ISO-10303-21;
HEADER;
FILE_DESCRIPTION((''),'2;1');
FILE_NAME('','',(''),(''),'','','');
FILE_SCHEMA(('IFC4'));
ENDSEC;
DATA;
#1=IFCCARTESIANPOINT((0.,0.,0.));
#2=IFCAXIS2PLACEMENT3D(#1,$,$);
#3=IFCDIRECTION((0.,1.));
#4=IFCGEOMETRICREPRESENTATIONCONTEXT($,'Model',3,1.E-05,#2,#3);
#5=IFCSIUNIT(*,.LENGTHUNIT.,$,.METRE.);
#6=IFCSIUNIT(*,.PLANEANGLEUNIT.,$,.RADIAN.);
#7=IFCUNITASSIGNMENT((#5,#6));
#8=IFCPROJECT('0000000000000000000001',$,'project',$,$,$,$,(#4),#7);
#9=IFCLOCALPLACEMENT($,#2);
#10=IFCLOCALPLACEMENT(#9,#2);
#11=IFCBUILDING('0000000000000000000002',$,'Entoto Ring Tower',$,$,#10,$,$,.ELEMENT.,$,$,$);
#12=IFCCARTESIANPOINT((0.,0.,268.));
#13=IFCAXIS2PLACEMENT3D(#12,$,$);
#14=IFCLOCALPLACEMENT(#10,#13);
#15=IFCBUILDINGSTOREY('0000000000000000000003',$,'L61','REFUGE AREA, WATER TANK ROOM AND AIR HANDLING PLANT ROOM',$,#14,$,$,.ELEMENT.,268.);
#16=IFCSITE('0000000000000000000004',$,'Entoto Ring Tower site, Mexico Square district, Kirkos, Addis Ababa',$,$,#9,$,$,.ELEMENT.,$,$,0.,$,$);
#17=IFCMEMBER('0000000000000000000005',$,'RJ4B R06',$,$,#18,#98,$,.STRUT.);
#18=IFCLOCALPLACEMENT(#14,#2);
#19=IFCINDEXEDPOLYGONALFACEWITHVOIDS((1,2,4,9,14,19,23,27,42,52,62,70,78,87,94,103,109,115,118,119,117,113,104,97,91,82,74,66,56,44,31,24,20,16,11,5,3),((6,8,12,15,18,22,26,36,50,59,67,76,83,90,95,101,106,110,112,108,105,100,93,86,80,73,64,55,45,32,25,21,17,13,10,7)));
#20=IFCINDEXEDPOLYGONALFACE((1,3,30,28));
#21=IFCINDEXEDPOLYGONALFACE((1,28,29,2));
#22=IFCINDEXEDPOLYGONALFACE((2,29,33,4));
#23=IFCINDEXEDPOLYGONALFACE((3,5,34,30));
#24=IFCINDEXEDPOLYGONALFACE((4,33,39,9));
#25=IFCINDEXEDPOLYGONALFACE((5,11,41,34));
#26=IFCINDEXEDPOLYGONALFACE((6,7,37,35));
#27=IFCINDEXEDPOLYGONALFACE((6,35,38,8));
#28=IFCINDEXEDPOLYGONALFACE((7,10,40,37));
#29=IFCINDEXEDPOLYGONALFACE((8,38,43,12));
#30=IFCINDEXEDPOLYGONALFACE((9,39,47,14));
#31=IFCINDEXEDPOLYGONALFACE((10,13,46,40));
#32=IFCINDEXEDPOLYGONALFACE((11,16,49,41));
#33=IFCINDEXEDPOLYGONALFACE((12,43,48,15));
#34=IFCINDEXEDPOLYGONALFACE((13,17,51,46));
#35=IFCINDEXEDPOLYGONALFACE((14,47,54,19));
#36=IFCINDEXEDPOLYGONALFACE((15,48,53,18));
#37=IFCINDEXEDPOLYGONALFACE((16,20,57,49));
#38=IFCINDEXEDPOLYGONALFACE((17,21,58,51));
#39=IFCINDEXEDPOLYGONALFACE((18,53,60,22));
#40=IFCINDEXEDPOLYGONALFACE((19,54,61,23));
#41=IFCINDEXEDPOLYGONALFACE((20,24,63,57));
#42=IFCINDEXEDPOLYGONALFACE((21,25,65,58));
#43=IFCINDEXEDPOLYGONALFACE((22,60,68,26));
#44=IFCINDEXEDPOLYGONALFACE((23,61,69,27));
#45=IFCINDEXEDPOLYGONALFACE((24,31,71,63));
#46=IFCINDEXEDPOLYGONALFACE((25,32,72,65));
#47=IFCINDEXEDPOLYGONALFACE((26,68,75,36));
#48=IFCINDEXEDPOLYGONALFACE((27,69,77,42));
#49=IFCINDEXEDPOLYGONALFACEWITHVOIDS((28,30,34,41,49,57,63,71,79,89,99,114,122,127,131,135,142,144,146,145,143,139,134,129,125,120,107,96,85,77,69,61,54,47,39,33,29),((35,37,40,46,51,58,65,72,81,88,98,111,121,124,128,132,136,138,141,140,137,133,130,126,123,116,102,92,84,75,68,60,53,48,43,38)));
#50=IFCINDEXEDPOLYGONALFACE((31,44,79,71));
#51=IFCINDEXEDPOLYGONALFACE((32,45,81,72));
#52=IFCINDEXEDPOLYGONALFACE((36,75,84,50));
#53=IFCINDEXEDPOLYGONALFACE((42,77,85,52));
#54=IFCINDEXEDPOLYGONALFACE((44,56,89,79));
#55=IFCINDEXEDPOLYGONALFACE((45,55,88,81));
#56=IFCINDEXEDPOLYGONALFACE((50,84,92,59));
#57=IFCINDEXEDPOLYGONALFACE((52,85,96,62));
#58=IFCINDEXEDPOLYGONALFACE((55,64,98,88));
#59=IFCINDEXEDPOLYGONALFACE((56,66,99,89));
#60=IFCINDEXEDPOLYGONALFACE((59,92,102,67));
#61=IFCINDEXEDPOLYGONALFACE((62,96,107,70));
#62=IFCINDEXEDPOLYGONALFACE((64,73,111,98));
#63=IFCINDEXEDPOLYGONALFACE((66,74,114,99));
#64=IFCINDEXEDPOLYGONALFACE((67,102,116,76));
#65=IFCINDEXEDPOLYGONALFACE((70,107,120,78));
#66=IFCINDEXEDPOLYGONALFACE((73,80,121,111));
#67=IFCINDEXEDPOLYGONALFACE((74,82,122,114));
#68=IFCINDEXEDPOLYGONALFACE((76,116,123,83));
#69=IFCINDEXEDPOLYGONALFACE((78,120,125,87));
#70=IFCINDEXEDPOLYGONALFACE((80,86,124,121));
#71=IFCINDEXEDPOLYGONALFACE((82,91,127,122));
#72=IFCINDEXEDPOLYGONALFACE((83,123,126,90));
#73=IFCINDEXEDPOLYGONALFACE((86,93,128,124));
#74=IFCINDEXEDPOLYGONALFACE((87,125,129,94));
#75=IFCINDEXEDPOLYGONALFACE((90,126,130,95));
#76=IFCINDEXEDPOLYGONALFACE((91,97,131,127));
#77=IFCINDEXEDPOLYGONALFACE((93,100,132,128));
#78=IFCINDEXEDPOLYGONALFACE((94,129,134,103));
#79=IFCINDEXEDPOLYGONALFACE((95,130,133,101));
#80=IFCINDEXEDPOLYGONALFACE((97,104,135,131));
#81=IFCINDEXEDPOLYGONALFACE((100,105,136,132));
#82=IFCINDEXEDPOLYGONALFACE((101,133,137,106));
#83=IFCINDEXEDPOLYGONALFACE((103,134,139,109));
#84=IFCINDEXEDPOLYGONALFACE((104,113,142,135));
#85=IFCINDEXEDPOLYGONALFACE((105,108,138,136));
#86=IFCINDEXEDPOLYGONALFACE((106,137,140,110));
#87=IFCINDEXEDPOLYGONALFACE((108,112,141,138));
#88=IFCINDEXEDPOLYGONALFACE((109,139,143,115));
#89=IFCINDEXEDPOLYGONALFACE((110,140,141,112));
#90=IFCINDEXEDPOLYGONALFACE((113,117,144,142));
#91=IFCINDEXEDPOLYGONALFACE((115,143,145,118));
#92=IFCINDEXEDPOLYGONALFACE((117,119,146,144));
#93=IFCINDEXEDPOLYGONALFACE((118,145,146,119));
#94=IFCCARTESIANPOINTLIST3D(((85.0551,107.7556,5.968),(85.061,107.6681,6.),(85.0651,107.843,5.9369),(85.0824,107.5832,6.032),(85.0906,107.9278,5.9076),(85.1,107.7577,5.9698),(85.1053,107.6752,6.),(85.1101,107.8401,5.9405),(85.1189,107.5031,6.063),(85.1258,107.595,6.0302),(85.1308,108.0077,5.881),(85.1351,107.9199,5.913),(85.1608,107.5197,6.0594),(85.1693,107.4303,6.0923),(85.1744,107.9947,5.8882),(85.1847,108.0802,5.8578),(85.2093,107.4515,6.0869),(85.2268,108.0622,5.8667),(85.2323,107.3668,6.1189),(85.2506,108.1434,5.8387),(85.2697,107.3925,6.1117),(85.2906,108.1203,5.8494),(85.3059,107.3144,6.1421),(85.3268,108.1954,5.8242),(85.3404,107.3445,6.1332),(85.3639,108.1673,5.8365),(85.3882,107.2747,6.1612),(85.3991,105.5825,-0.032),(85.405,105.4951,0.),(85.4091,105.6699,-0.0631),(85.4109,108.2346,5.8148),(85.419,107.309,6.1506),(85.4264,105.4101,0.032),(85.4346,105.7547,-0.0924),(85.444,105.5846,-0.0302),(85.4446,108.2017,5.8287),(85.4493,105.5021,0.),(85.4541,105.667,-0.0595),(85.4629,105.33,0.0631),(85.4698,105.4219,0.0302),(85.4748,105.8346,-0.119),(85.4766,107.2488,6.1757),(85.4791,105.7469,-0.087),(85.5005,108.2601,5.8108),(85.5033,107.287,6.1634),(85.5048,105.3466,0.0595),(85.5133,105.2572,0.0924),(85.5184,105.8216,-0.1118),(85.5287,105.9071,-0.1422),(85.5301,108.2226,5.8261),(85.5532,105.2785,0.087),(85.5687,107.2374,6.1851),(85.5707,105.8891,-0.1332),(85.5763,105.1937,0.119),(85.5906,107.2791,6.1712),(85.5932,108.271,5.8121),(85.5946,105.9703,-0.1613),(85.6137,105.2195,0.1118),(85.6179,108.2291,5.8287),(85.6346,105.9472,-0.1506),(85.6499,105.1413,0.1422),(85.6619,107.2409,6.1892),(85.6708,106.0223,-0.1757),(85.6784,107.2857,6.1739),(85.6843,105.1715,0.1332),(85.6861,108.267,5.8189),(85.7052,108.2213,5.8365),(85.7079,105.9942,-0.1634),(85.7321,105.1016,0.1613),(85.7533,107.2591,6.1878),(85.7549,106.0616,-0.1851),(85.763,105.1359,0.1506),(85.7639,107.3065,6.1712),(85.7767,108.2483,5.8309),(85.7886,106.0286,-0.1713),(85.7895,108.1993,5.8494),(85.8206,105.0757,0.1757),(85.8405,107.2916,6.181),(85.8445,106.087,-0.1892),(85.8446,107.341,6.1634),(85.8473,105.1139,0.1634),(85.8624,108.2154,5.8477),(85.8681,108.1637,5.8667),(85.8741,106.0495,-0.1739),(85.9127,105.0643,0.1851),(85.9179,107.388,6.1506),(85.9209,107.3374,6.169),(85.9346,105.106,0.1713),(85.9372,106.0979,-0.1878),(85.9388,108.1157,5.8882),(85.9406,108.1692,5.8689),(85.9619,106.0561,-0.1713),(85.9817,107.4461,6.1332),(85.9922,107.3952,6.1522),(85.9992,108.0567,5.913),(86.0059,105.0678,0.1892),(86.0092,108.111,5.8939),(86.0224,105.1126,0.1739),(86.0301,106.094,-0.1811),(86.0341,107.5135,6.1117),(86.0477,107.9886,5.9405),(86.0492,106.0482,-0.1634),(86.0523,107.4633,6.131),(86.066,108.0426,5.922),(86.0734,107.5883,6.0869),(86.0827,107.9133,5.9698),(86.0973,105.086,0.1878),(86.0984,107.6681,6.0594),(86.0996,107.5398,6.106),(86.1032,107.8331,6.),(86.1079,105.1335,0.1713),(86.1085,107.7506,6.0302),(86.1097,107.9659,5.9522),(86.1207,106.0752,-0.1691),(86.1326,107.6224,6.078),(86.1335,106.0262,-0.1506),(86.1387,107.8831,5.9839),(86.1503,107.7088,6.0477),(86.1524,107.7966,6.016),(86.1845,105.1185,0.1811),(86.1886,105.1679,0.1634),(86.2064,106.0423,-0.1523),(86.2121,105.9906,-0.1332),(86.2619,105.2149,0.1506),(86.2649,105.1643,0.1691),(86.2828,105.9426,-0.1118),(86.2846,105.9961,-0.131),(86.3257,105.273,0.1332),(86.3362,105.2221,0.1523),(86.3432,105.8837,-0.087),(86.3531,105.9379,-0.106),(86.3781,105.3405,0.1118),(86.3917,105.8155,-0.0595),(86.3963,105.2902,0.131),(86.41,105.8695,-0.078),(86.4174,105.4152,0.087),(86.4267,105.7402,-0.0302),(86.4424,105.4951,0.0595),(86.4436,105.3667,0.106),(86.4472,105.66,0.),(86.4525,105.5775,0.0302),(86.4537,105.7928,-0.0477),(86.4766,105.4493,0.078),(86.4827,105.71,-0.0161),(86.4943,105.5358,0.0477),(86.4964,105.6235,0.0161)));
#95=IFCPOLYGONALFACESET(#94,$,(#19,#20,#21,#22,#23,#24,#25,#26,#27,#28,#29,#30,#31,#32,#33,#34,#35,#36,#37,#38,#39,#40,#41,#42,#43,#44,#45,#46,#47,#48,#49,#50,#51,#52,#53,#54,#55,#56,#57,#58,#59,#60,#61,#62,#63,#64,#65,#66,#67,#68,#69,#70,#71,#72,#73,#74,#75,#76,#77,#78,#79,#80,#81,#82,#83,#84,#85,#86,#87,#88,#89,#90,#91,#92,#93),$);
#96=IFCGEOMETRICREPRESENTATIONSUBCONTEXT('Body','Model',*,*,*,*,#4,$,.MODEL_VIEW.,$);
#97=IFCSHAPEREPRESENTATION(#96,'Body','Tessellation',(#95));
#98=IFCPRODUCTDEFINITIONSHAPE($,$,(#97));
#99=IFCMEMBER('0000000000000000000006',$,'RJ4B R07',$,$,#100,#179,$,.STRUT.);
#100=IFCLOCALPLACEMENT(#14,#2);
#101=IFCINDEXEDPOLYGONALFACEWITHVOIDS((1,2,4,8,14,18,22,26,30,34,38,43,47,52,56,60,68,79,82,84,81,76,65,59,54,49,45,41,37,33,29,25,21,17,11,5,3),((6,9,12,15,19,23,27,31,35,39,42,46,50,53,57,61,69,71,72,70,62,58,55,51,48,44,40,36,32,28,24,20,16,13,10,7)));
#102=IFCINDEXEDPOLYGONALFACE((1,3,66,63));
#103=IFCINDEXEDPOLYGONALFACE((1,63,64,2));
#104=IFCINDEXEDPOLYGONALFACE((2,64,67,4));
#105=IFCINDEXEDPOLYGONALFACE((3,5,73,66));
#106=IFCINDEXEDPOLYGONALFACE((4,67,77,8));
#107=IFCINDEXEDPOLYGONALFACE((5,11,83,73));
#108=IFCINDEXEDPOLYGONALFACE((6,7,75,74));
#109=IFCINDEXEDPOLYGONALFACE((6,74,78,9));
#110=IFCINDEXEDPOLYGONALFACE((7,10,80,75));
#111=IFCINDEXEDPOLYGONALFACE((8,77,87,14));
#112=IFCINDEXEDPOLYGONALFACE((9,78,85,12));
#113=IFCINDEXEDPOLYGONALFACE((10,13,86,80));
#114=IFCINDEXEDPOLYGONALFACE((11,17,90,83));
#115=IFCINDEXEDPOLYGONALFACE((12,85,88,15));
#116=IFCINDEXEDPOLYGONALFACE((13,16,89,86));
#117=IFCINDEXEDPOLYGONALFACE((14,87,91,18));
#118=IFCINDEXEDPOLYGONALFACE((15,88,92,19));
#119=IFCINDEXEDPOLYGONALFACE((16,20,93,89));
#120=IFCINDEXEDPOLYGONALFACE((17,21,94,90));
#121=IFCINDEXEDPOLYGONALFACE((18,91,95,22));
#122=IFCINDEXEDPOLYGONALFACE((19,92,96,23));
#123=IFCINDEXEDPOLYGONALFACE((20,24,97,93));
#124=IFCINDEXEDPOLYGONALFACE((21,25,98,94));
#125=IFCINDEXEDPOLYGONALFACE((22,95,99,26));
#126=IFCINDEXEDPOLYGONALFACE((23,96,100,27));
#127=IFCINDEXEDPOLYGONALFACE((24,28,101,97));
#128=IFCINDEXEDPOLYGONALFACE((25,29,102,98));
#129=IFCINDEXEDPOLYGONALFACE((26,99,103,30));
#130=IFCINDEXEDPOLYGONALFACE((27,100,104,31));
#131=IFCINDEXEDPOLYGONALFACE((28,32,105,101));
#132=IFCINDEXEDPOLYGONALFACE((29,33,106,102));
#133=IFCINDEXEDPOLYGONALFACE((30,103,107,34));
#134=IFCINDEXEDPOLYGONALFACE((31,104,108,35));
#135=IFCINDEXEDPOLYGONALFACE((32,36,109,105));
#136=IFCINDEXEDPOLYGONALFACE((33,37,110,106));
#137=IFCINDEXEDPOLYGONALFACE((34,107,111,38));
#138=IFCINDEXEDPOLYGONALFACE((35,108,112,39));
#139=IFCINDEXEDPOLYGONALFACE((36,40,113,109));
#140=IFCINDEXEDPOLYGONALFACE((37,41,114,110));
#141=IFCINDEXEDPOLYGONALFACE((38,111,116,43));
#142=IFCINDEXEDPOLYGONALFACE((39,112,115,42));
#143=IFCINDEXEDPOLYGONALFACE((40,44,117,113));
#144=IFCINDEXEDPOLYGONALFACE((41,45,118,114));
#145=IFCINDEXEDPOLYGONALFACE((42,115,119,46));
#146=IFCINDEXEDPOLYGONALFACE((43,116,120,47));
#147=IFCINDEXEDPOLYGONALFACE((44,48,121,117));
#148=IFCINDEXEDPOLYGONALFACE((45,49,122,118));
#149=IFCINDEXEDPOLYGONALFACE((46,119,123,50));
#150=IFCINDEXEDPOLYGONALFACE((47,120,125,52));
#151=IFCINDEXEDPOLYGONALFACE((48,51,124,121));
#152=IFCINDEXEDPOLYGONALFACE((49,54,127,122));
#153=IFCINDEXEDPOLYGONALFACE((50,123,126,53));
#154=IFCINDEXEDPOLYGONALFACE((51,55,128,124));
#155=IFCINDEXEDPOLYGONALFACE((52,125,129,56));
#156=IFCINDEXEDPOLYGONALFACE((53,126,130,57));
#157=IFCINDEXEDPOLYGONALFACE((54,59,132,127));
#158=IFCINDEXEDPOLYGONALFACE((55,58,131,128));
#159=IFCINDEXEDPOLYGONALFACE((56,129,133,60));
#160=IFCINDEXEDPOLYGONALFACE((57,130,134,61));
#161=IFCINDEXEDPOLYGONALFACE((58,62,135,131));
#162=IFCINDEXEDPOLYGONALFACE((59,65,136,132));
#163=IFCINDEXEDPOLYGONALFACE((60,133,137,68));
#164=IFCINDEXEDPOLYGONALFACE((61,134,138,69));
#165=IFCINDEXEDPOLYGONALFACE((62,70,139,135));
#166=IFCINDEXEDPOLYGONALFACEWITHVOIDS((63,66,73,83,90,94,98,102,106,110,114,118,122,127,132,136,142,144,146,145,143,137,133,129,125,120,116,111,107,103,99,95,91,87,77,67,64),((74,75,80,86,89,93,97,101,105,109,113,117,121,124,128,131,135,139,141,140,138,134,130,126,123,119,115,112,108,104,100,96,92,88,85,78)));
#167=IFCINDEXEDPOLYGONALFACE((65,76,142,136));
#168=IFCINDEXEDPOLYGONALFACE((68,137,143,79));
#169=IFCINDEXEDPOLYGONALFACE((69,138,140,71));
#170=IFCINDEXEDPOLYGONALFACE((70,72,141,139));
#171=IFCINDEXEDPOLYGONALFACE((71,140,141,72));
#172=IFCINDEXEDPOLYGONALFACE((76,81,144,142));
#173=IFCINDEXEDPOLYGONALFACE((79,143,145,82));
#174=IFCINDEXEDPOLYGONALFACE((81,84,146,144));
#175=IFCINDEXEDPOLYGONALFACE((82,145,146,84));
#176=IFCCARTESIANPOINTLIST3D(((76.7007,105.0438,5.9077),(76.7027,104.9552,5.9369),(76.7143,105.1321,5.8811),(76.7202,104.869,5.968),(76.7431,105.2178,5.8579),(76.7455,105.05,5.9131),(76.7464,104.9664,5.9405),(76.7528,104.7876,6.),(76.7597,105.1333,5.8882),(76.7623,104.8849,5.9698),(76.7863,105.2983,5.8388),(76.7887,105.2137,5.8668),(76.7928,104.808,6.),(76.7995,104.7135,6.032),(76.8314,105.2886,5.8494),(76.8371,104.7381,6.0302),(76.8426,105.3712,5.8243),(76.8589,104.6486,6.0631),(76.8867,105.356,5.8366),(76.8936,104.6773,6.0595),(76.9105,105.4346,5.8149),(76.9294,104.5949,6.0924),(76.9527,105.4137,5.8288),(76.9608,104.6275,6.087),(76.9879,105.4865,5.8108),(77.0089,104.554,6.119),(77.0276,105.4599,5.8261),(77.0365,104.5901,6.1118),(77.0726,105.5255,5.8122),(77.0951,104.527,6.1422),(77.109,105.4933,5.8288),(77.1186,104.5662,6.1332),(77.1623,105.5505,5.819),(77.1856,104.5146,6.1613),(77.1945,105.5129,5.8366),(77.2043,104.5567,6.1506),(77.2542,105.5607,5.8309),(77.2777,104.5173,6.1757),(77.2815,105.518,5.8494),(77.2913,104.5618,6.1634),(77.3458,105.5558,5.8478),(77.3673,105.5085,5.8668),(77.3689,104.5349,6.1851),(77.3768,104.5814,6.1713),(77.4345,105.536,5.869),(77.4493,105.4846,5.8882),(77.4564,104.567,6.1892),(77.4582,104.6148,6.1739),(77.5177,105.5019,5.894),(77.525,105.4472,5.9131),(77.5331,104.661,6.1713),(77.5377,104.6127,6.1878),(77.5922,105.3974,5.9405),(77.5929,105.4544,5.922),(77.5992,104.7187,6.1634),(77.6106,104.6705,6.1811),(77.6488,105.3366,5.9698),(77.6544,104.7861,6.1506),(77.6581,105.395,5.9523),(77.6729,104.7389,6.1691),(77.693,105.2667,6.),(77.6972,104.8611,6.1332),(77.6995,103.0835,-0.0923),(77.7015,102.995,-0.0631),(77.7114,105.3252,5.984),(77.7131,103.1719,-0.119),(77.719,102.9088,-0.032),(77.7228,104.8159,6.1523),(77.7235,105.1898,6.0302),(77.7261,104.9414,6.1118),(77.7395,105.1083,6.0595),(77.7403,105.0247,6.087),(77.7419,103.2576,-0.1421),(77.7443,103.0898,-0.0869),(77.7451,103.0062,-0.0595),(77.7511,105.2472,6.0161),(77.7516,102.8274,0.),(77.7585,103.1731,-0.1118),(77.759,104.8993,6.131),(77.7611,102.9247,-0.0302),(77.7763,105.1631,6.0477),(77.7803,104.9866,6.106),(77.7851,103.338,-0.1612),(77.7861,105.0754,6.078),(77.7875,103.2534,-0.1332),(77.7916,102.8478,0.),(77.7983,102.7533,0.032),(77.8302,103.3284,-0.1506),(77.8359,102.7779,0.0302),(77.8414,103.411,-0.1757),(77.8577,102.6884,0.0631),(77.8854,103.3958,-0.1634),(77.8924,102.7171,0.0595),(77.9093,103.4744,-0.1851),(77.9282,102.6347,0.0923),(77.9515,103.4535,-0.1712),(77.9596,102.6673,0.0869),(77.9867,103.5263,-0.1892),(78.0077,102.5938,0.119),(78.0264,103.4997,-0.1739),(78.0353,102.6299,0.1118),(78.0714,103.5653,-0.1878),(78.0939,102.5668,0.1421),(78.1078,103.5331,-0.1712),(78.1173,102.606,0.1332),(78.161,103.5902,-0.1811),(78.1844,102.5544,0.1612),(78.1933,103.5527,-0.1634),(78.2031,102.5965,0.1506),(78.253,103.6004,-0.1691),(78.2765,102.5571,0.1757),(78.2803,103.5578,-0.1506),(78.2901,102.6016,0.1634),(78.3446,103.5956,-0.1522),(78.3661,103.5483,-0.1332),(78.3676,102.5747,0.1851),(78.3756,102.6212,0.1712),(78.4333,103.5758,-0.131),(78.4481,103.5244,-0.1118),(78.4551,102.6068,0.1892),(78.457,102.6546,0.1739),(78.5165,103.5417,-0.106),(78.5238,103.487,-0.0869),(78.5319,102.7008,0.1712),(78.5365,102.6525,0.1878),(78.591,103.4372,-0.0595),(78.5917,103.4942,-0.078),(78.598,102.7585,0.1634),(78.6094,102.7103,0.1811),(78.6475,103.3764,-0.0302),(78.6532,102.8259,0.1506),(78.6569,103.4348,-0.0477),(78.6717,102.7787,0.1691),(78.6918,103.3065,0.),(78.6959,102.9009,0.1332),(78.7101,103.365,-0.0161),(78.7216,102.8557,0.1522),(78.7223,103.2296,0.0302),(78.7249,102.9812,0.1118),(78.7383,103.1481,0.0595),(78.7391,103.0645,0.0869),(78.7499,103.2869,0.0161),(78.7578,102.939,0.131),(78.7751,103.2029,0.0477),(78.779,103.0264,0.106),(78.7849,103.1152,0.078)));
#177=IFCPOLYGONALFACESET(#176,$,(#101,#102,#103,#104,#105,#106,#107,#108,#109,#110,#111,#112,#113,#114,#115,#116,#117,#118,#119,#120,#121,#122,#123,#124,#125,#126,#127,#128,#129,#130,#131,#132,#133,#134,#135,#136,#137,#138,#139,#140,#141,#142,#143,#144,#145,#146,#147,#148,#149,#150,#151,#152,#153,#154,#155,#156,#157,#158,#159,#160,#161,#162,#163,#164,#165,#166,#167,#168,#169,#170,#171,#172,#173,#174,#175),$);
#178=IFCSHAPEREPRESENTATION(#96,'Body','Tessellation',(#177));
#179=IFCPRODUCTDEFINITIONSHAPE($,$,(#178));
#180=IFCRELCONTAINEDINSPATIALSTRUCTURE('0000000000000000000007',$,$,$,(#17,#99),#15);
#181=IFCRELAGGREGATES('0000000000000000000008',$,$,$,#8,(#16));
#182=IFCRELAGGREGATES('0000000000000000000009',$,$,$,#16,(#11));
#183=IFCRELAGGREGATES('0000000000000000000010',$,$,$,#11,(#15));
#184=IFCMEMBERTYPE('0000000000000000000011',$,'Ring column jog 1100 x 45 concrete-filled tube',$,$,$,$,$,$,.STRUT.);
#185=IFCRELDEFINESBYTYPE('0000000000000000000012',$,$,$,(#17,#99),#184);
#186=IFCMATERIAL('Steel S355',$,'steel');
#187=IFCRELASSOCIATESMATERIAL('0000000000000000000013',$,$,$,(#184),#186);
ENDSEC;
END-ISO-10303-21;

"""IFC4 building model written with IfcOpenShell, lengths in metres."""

from ifc_helpers import new_model, si_unit, direction, frame, origin, origin_2d, place, context, subcontext, project, spatial, circle, hollow_circle, extrude, material, material_profile, profile_set, type_object, element, save


model = new_model("IFC4")

# Units and contexts
model_context = context("Model", 3, precision=1e-05, world=origin(), true_north=direction((0.0, 1.0)))
body_context = subcontext(model_context, "Body", "Model", "MODEL_VIEW")
ifc_project = project(units=[si_unit("LENGTHUNIT", "METRE"), si_unit("PLANEANGLEUNIT", "RADIAN")], contexts=[model_context])

# Site, building, storey
site_placement = place(None, origin())
site = spatial("IfcSite", under=ifc_project, at=site_placement, Name="Entoto Ring Tower site, Mexico Square district, Kirkos, Addis Ababa", CompositionType="ELEMENT", RefElevation=0.0)
building_placement = place(site_placement, origin())
building = spatial("IfcBuilding", under=site, at=building_placement, Name="Entoto Ring Tower", CompositionType="ELEMENT")
storey_placement = place(building_placement, frame((0.0, 0.0, 268.0)))
storey = spatial("IfcBuildingStorey", under=building, at=storey_placement, Name="L61", Description="REFUGE AREA, WATER TANK ROOM AND AIR HANDLING PLANT ROOM", CompositionType="ELEMENT", Elevation=268.0)

# Members
ifc_material_1 = material(Name="Steel S355", Category="steel")
ifc_material_profile_1 = material_profile(ifc_material_1, hollow_circle(Radius=0.55, WallThickness=0.0449, at=origin_2d()), Name="CHS 1100 x 45")
ifc_material_2 = material(Name="Concrete C60/75", Category="concrete")
ifc_material_profile_2 = material_profile(ifc_material_2, circle(Radius=0.5049, at=origin_2d()), Name="Concrete C60/75 infill")
ifc_profile_set_1 = profile_set([ifc_material_profile_1, ifc_material_profile_2], Name="Steel S355")
member_type_1 = type_object("IfcMemberType", Name="Ring column jog 1100 x 45 concrete-filled tube", PredefinedType="STRUT", material=ifc_profile_set_1)
for number, where, z_axis, x_axis, name in (
    (1, (85.9482, 105.5811, 0.0), (-0.053828, 0.340042, 0.938869), (-0.987702, -0.15635, 0.0), "RJ4B R06"),
    (2, (78.2417, 103.0771, 0.0), (-0.156288, 0.306732, 0.938877), (-0.891006, -0.453992, 0.0), "RJ4B R07"),
):
    element("IfcMember", number, at=place(storey_placement, frame(where, z_axis=z_axis, x_axis=x_axis)), inside=storey, type_object=member_type_1, Name=name, PredefinedType="STRUT", context=body_context, shape_type="SweptSolid", body=[
        extrude(hollow_circle(Radius=0.55, WallThickness=0.0449, at=origin_2d()), origin(), (0.0, 0.0, 1.0), 6.3906),
    ])

save(model, "model.ifc")
